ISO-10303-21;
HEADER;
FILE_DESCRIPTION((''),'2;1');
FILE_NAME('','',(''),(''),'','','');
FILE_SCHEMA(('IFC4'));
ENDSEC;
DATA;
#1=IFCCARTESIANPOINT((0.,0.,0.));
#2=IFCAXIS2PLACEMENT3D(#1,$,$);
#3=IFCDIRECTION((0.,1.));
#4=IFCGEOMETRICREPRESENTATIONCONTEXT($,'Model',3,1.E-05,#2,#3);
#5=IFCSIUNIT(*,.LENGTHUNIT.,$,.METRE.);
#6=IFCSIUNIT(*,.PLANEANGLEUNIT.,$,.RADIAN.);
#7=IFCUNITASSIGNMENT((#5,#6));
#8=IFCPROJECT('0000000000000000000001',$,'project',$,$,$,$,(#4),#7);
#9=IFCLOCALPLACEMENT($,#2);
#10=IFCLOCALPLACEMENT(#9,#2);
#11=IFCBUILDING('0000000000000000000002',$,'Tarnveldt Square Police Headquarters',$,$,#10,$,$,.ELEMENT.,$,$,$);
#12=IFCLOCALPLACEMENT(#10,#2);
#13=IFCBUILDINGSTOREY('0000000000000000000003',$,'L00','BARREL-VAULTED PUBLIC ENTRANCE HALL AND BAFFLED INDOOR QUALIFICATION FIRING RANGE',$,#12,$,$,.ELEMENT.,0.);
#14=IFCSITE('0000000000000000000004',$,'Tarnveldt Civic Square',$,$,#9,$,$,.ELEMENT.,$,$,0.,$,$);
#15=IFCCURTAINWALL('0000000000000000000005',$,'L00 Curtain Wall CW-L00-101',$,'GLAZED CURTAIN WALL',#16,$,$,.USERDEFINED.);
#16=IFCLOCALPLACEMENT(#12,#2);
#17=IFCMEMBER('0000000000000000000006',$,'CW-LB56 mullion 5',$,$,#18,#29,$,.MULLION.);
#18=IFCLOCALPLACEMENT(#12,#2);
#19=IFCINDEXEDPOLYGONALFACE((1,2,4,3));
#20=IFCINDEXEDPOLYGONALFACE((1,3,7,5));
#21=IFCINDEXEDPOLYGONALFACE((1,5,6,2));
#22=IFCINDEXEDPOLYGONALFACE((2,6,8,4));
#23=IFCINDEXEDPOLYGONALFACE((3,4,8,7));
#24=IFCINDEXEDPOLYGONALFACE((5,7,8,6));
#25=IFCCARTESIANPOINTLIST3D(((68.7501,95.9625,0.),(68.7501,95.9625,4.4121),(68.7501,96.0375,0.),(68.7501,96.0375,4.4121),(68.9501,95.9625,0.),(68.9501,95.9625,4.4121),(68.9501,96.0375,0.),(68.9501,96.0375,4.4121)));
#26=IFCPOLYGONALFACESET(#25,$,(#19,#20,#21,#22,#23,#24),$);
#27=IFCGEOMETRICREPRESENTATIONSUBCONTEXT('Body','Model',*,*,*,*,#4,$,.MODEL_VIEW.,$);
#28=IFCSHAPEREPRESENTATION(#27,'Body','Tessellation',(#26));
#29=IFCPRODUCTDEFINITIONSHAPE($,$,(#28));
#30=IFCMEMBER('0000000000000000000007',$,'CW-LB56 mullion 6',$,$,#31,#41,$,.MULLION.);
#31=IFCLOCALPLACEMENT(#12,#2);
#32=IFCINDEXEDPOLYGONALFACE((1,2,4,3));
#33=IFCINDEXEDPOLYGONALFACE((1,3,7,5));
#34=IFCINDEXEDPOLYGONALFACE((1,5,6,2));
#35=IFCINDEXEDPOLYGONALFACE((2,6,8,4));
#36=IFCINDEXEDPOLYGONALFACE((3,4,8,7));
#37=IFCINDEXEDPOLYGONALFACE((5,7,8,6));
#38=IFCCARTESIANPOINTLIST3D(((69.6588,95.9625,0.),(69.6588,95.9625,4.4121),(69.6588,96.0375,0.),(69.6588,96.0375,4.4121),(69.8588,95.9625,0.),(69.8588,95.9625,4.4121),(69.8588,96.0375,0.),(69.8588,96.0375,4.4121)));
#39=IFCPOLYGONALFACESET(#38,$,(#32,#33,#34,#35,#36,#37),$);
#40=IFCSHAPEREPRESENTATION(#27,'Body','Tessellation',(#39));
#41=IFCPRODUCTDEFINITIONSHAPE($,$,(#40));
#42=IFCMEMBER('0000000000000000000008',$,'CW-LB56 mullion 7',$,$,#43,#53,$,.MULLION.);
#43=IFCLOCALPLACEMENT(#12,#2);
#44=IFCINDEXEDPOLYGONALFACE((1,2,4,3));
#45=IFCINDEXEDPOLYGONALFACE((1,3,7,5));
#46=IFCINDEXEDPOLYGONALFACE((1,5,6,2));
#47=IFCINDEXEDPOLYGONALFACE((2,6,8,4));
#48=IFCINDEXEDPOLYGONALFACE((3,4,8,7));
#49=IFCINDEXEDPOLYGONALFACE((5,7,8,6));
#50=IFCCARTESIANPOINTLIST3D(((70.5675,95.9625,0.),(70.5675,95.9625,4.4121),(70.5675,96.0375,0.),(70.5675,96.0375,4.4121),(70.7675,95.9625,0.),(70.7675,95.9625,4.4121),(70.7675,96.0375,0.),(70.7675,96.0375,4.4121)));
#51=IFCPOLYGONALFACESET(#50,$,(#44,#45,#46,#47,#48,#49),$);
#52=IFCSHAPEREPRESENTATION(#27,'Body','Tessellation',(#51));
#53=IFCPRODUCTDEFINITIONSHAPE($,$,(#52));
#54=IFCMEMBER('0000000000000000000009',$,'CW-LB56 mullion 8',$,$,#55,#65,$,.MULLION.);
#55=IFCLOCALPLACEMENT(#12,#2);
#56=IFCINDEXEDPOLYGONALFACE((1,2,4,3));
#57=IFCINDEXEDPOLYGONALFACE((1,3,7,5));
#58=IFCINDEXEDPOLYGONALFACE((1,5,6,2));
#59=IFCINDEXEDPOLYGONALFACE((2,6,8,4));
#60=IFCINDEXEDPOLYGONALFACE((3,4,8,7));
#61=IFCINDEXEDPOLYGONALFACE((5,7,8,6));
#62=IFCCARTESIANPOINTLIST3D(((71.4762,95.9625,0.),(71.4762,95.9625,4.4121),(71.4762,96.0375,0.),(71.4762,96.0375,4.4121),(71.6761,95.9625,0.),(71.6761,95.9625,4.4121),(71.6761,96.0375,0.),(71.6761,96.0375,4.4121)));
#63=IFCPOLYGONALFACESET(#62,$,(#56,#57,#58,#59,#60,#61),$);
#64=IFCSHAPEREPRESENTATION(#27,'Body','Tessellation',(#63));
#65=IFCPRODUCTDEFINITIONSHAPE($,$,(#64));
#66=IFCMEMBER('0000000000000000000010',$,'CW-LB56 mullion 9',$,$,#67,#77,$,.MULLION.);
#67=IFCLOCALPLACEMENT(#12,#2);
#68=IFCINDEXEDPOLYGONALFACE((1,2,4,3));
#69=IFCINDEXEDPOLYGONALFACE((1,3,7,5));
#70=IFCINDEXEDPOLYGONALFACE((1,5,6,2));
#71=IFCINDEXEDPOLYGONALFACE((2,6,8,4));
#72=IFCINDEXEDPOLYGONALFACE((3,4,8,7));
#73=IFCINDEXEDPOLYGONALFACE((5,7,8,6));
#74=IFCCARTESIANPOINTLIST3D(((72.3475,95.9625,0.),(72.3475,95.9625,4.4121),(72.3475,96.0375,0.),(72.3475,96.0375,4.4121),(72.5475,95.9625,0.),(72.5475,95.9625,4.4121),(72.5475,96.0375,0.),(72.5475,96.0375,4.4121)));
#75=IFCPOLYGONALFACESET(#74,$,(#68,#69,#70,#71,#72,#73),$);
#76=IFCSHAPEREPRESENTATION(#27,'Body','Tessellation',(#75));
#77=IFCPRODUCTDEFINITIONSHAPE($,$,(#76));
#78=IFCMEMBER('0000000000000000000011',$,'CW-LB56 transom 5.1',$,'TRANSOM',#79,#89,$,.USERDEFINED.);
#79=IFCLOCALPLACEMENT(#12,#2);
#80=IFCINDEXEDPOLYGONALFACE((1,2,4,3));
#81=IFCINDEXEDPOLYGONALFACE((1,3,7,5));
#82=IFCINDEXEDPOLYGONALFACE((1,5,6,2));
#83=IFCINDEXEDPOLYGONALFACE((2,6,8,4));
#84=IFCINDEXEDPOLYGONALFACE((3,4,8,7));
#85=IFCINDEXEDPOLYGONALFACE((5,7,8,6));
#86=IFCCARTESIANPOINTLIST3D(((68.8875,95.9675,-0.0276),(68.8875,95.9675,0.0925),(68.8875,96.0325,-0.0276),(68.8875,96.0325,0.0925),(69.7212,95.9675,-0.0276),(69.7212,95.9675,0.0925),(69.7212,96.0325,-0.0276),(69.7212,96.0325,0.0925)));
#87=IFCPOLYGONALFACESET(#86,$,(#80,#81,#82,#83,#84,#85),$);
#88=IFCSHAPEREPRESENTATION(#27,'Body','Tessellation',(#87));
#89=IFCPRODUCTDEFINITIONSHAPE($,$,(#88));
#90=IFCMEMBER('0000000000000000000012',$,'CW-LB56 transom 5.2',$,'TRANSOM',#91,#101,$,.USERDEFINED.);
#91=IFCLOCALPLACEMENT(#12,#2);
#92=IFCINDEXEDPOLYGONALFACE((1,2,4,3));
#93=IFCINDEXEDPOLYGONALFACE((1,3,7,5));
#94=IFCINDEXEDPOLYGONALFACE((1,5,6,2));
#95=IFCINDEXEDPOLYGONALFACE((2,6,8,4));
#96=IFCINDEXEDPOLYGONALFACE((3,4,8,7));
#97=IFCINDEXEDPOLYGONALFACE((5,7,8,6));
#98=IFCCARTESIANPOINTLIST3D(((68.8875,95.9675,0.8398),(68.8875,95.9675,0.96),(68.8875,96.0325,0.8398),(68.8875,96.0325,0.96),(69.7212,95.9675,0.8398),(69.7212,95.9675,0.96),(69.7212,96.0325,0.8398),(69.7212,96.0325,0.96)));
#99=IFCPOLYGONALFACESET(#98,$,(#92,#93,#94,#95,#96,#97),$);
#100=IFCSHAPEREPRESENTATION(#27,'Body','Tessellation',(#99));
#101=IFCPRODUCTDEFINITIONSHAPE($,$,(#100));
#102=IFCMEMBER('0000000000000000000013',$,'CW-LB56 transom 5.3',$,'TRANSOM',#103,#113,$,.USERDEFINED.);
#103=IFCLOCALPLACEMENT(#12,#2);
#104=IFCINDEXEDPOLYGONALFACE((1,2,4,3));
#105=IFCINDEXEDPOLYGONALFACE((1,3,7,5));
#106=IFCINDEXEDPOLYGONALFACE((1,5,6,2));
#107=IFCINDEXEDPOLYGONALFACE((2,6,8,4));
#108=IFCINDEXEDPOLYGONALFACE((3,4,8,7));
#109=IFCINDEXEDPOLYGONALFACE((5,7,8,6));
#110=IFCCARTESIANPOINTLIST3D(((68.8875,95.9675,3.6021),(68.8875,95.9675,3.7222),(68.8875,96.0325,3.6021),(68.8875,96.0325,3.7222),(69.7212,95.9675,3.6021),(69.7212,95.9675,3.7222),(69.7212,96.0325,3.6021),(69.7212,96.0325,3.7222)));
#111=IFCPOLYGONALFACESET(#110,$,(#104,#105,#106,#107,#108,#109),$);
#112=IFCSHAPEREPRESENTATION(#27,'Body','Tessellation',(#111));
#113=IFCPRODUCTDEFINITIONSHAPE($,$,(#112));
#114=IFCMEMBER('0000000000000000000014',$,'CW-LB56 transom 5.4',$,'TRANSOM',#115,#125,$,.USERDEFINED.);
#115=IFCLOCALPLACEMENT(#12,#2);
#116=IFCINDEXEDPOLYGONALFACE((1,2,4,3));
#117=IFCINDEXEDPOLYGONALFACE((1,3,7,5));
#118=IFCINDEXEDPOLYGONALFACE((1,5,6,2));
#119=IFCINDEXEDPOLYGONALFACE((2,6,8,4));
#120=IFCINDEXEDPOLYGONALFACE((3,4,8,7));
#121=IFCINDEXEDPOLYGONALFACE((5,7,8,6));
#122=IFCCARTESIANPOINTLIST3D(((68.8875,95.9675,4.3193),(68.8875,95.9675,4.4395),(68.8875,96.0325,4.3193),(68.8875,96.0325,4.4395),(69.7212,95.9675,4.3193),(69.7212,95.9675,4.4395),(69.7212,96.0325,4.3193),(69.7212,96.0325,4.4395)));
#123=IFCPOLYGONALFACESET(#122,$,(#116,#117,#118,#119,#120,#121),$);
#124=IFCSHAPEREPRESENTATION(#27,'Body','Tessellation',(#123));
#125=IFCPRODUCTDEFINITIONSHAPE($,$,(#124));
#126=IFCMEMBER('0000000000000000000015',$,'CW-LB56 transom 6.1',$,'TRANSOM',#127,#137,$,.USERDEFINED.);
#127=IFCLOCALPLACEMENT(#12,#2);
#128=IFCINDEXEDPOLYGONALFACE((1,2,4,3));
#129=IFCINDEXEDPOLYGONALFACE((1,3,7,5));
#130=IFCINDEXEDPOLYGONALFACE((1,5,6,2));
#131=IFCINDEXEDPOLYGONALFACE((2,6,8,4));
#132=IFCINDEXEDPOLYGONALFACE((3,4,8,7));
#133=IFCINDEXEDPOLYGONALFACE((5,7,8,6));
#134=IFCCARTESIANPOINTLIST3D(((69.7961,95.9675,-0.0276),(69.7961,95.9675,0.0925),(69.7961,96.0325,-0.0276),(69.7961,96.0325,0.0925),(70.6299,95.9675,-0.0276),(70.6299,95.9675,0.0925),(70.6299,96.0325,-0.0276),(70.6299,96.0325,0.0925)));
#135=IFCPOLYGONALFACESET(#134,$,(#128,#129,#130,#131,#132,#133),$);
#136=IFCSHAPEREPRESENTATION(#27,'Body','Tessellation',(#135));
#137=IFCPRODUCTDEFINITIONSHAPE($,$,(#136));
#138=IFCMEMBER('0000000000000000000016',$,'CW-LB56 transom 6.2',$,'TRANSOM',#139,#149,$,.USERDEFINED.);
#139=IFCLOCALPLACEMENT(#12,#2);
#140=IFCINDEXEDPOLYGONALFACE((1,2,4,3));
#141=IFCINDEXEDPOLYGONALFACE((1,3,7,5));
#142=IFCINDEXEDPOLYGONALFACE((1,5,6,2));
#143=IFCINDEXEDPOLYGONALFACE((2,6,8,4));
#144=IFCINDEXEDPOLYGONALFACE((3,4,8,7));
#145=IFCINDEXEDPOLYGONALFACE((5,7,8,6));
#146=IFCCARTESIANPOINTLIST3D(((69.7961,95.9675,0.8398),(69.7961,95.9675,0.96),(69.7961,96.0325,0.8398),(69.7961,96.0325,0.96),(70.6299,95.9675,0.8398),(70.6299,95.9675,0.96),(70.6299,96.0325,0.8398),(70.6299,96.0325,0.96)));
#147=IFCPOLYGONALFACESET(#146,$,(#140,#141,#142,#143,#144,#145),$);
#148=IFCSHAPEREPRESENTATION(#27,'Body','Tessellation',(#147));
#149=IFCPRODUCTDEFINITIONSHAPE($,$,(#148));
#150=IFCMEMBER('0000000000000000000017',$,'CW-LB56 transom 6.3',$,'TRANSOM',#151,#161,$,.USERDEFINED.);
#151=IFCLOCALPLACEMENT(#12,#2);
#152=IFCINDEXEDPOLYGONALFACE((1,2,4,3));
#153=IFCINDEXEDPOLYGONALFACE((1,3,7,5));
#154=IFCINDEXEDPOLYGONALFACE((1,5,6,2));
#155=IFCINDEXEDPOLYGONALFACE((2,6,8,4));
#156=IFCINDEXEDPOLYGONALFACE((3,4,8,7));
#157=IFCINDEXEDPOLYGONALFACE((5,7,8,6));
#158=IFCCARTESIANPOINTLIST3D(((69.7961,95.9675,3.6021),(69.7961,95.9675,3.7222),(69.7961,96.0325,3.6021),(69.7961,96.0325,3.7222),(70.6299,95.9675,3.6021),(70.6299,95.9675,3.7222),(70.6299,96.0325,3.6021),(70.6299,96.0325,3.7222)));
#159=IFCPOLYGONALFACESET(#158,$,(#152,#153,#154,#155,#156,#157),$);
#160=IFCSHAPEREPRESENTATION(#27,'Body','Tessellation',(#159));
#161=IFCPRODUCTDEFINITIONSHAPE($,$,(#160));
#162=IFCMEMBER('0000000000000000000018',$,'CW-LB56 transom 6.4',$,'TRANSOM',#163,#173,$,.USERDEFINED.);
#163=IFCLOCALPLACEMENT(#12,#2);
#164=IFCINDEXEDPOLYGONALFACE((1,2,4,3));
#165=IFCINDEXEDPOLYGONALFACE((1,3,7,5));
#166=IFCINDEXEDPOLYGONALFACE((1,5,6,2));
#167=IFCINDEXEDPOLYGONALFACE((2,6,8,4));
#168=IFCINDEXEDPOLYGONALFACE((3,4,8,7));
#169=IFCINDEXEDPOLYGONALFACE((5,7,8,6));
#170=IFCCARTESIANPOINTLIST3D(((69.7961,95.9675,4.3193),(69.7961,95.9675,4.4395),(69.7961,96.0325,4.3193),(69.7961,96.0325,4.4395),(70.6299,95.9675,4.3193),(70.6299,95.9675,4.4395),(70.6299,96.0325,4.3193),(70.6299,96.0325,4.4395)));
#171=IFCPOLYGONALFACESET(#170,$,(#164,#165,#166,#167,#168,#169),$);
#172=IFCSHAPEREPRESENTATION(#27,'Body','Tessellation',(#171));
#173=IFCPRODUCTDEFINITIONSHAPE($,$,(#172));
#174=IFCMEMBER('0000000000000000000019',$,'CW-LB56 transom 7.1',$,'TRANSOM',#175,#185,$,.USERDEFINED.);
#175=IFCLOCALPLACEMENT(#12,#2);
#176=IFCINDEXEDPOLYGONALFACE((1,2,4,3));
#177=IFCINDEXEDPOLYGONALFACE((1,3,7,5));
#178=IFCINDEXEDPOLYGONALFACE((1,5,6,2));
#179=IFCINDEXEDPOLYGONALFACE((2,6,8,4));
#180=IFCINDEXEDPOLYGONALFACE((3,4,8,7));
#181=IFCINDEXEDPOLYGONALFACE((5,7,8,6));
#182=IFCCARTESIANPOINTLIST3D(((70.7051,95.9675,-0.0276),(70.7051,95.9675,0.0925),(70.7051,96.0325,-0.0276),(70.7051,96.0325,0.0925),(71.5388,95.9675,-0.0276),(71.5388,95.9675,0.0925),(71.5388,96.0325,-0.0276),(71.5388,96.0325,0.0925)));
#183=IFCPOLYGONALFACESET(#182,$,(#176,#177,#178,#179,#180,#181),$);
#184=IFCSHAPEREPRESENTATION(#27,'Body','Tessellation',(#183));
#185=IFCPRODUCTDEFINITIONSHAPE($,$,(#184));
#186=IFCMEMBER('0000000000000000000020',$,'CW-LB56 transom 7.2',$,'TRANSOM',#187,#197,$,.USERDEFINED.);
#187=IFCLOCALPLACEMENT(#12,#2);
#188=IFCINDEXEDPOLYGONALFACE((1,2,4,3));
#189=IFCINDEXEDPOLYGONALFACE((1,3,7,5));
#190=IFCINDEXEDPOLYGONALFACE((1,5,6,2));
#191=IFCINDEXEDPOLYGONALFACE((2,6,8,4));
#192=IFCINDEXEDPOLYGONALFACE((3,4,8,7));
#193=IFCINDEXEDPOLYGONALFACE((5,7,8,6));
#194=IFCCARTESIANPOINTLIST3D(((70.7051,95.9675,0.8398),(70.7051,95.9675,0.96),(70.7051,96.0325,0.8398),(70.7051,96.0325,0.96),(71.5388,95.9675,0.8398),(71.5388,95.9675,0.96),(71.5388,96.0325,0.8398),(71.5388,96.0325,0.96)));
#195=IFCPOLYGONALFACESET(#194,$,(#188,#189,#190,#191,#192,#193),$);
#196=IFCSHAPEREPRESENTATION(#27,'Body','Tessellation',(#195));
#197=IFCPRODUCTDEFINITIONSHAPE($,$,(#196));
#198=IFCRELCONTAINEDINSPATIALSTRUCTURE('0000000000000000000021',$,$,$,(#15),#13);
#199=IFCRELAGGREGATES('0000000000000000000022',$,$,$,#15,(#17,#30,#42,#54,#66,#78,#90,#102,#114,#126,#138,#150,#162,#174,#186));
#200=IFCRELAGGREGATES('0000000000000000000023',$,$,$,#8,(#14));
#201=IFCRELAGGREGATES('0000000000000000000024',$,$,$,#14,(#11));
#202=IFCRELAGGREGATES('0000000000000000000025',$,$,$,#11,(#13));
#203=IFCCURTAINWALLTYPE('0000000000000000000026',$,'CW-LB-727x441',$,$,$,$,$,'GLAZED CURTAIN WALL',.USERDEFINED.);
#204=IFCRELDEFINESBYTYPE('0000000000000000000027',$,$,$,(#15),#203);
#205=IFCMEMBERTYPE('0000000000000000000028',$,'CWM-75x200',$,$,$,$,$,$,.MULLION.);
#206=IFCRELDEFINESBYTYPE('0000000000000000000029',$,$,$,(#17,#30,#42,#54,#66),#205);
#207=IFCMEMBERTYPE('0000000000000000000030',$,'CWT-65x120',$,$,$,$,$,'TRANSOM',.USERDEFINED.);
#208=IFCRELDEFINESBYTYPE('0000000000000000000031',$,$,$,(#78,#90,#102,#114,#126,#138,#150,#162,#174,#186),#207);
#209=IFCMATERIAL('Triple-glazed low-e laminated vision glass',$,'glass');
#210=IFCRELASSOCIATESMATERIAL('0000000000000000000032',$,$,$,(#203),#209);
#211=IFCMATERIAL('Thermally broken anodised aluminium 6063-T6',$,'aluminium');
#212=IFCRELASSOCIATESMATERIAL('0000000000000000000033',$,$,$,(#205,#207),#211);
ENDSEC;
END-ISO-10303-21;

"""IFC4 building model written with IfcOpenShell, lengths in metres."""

from ifc_helpers import new_model, si_unit, direction, frame, origin, origin_2d, place, context, subcontext, project, spatial, rectangle, extrude, material, material_profile, profile_set, type_object, element, aggregate, save


model = new_model("IFC4")

# Units and contexts
model_context = context("Model", 3, precision=1e-05, world=origin(), true_north=direction((0.0, 1.0)))
body_context = subcontext(model_context, "Body", "Model", "MODEL_VIEW")
ifc_project = project(units=[si_unit("LENGTHUNIT", "METRE"), si_unit("PLANEANGLEUNIT", "RADIAN")], contexts=[model_context])

# Site, building, storey
site_placement = place(None, origin())
site = spatial("IfcSite", under=ifc_project, at=site_placement, Name="Tarnveldt Civic Square", CompositionType="ELEMENT", RefElevation=0.0)
building_placement = place(site_placement, origin())
building = spatial("IfcBuilding", under=site, at=building_placement, Name="Tarnveldt Square Police Headquarters", CompositionType="ELEMENT")
storey_placement = place(building_placement, origin())
storey = spatial("IfcBuildingStorey", under=building, at=storey_placement, Name="L00", Description="BARREL-VAULTED PUBLIC ENTRANCE HALL AND BAFFLED INDOOR QUALIFICATION FIRING RANGE", CompositionType="ELEMENT", Elevation=0.0)

# Curtain wall, members
ifc_material_1 = material(Name="Triple-glazed low-e laminated vision glass", Category="glass")
curtain_wall_type = type_object("IfcCurtainWallType", Name="CW-LB-727x441", ElementType="GLAZED CURTAIN WALL", PredefinedType="USERDEFINED", material=ifc_material_1)
curtain_wall_placement = place(storey_placement, origin())
curtain_wall = element("IfcCurtainWall", 1, at=curtain_wall_placement, inside=storey, type_object=curtain_wall_type, Name="L00 Curtain Wall CW-L00-101", ObjectType="GLAZED CURTAIN WALL", PredefinedType="USERDEFINED")
ifc_material_2 = material(Name="Thermally broken anodised aluminium 6063-T6", Category="aluminium")
ifc_material_profile_1 = material_profile(ifc_material_2, rectangle(XDim=0.075, YDim=0.2, at=origin_2d()), Name="CW-M75x200")
ifc_profile_set_1 = profile_set([ifc_material_profile_1], Name="Thermally broken anodised aluminium 6063-T6")
member_type_1 = type_object("IfcMemberType", Name="CWM-75x200", PredefinedType="MULLION", material=ifc_profile_set_1)
member_1_placement = place(storey_placement, frame((68.8501, 96.0, 0.0), z_axis=(0.0, 0.0, 1.0), x_axis=(0.0, 1.0, 0.0)))
member_1 = element("IfcMember", 2, at=member_1_placement, type_object=member_type_1, Name="CW-LB56 mullion 5", PredefinedType="MULLION", context=body_context, shape_type="SweptSolid", body=[
    extrude(rectangle(XDim=0.075, YDim=0.2, at=origin_2d()), origin(), (0.0, 0.0, 1.0), 4.4121),
])
member_2_placement = place(storey_placement, frame((69.7588, 96.0, 0.0), z_axis=(0.0, 0.0, 1.0), x_axis=(0.0, 1.0, 0.0)))
member_2 = element("IfcMember", 3, at=member_2_placement, type_object=member_type_1, Name="CW-LB56 mullion 6", PredefinedType="MULLION", context=body_context, shape_type="SweptSolid", body=[
    extrude(rectangle(XDim=0.075, YDim=0.2, at=origin_2d()), origin(), (0.0, 0.0, 1.0), 4.4121),
])
member_3_placement = place(storey_placement, frame((70.6675, 96.0, 0.0), z_axis=(0.0, 0.0, 1.0), x_axis=(0.0, 1.0, 0.0)))
member_3 = element("IfcMember", 4, at=member_3_placement, type_object=member_type_1, Name="CW-LB56 mullion 7", PredefinedType="MULLION", context=body_context, shape_type="SweptSolid", body=[
    extrude(rectangle(XDim=0.075, YDim=0.2, at=origin_2d()), origin(), (0.0, 0.0, 1.0), 4.4121),
])
member_4_placement = place(storey_placement, frame((71.5762, 96.0, 0.0), z_axis=(0.0, 0.0, 1.0), x_axis=(0.0, 1.0, 0.0)))
member_4 = element("IfcMember", 5, at=member_4_placement, type_object=member_type_1, Name="CW-LB56 mullion 8", PredefinedType="MULLION", context=body_context, shape_type="SweptSolid", body=[
    extrude(rectangle(XDim=0.075, YDim=0.2, at=origin_2d()), origin(), (0.0, 0.0, 1.0), 4.4121),
])
member_5_placement = place(storey_placement, frame((72.4475, 96.0, 0.0), z_axis=(0.0, 0.0, 1.0), x_axis=(0.0, 1.0, 0.0)))
member_5 = element("IfcMember", 6, at=member_5_placement, type_object=member_type_1, Name="CW-LB56 mullion 9", PredefinedType="MULLION", context=body_context, shape_type="SweptSolid", body=[
    extrude(rectangle(XDim=0.075, YDim=0.2, at=origin_2d()), origin(), (0.0, 0.0, 1.0), 4.4121),
])
ifc_material_profile_2 = material_profile(ifc_material_2, rectangle(XDim=0.0649, YDim=0.1201, at=origin_2d()), Name="CW-T65x120")
ifc_profile_set_2 = profile_set([ifc_material_profile_2], Name="Thermally broken anodised aluminium 6063-T6")
member_type_2 = type_object("IfcMemberType", Name="CWT-65x120", ElementType="TRANSOM", PredefinedType="USERDEFINED", material=ifc_profile_set_2)
member_6_placement = place(storey_placement, frame((68.8875, 96.0, 0.0325), z_axis=(1.0, 0.0, 0.0), x_axis=(0.0, 1.0, 0.0)))
member_6 = element("IfcMember", 7, at=member_6_placement, type_object=member_type_2, Name="CW-LB56 transom 5.1", ObjectType="TRANSOM", PredefinedType="USERDEFINED", context=body_context, shape_type="SweptSolid", body=[
    extrude(rectangle(XDim=0.0649, YDim=0.1201, at=origin_2d()), origin(), (0.0, 0.0, 1.0), 0.8337),
])
member_7_placement = place(storey_placement, frame((68.8875, 96.0, 0.8999), z_axis=(1.0, 0.0, 0.0), x_axis=(0.0, 1.0, 0.0)))
member_7 = element("IfcMember", 8, at=member_7_placement, type_object=member_type_2, Name="CW-LB56 transom 5.2", ObjectType="TRANSOM", PredefinedType="USERDEFINED", context=body_context, shape_type="SweptSolid", body=[
    extrude(rectangle(XDim=0.0649, YDim=0.1201, at=origin_2d()), origin(), (0.0, 0.0, 1.0), 0.8337),
])
member_8_placement = place(storey_placement, frame((68.8875, 96.0, 3.6621), z_axis=(1.0, 0.0, 0.0), x_axis=(0.0, 1.0, 0.0)))
member_8 = element("IfcMember", 9, at=member_8_placement, type_object=member_type_2, Name="CW-LB56 transom 5.3", ObjectType="TRANSOM", PredefinedType="USERDEFINED", context=body_context, shape_type="SweptSolid", body=[
    extrude(rectangle(XDim=0.0649, YDim=0.1201, at=origin_2d()), origin(), (0.0, 0.0, 1.0), 0.8337),
])
member_9_placement = place(storey_placement, frame((68.8875, 96.0, 4.3794), z_axis=(1.0, 0.0, 0.0), x_axis=(0.0, 1.0, 0.0)))
member_9 = element("IfcMember", 10, at=member_9_placement, type_object=member_type_2, Name="CW-LB56 transom 5.4", ObjectType="TRANSOM", PredefinedType="USERDEFINED", context=body_context, shape_type="SweptSolid", body=[
    extrude(rectangle(XDim=0.0649, YDim=0.1201, at=origin_2d()), origin(), (0.0, 0.0, 1.0), 0.8337),
])
member_10_placement = place(storey_placement, frame((69.7961, 96.0, 0.0325), z_axis=(1.0, 0.0, 0.0), x_axis=(0.0, 1.0, 0.0)))
member_10 = element("IfcMember", 11, at=member_10_placement, type_object=member_type_2, Name="CW-LB56 transom 6.1", ObjectType="TRANSOM", PredefinedType="USERDEFINED", context=body_context, shape_type="SweptSolid", body=[
    extrude(rectangle(XDim=0.0649, YDim=0.1201, at=origin_2d()), origin(), (0.0, 0.0, 1.0), 0.8337),
])
member_11_placement = place(storey_placement, frame((69.7961, 96.0, 0.8999), z_axis=(1.0, 0.0, 0.0), x_axis=(0.0, 1.0, 0.0)))
member_11 = element("IfcMember", 12, at=member_11_placement, type_object=member_type_2, Name="CW-LB56 transom 6.2", ObjectType="TRANSOM", PredefinedType="USERDEFINED", context=body_context, shape_type="SweptSolid", body=[
    extrude(rectangle(XDim=0.0649, YDim=0.1201, at=origin_2d()), origin(), (0.0, 0.0, 1.0), 0.8337),
])
member_12_placement = place(storey_placement, frame((69.7961, 96.0, 3.6621), z_axis=(1.0, 0.0, 0.0), x_axis=(0.0, 1.0, 0.0)))
member_12 = element("IfcMember", 13, at=member_12_placement, type_object=member_type_2, Name="CW-LB56 transom 6.3", ObjectType="TRANSOM", PredefinedType="USERDEFINED", context=body_context, shape_type="SweptSolid", body=[
    extrude(rectangle(XDim=0.0649, YDim=0.1201, at=origin_2d()), origin(), (0.0, 0.0, 1.0), 0.8337),
])
member_13_placement = place(storey_placement, frame((69.7961, 96.0, 4.3794), z_axis=(1.0, 0.0, 0.0), x_axis=(0.0, 1.0, 0.0)))
member_13 = element("IfcMember", 14, at=member_13_placement, type_object=member_type_2, Name="CW-LB56 transom 6.4", ObjectType="TRANSOM", PredefinedType="USERDEFINED", context=body_context, shape_type="SweptSolid", body=[
    extrude(rectangle(XDim=0.0649, YDim=0.1201, at=origin_2d()), origin(), (0.0, 0.0, 1.0), 0.8337),
])
member_14_placement = place(storey_placement, frame((70.7051, 96.0, 0.0325), z_axis=(1.0, 0.0, 0.0), x_axis=(0.0, 1.0, 0.0)))
member_14 = element("IfcMember", 15, at=member_14_placement, type_object=member_type_2, Name="CW-LB56 transom 7.1", ObjectType="TRANSOM", PredefinedType="USERDEFINED", context=body_context, shape_type="SweptSolid", body=[
    extrude(rectangle(XDim=0.0649, YDim=0.1201, at=origin_2d()), origin(), (0.0, 0.0, 1.0), 0.8337),
])
member_15_placement = place(storey_placement, frame((70.7051, 96.0, 0.8999), z_axis=(1.0, 0.0, 0.0), x_axis=(0.0, 1.0, 0.0)))
member_15 = element("IfcMember", 16, at=member_15_placement, type_object=member_type_2, Name="CW-LB56 transom 7.2", ObjectType="TRANSOM", PredefinedType="USERDEFINED", context=body_context, shape_type="SweptSolid", body=[
    extrude(rectangle(XDim=0.0649, YDim=0.1201, at=origin_2d()), origin(), (0.0, 0.0, 1.0), 0.8337),
])
aggregate(curtain_wall, [member_1, member_2, member_3, member_4, member_5, member_6, member_7, member_8, member_9, member_10, member_11, member_12, member_13, member_14, member_15])

save(model, "model.ifc")
